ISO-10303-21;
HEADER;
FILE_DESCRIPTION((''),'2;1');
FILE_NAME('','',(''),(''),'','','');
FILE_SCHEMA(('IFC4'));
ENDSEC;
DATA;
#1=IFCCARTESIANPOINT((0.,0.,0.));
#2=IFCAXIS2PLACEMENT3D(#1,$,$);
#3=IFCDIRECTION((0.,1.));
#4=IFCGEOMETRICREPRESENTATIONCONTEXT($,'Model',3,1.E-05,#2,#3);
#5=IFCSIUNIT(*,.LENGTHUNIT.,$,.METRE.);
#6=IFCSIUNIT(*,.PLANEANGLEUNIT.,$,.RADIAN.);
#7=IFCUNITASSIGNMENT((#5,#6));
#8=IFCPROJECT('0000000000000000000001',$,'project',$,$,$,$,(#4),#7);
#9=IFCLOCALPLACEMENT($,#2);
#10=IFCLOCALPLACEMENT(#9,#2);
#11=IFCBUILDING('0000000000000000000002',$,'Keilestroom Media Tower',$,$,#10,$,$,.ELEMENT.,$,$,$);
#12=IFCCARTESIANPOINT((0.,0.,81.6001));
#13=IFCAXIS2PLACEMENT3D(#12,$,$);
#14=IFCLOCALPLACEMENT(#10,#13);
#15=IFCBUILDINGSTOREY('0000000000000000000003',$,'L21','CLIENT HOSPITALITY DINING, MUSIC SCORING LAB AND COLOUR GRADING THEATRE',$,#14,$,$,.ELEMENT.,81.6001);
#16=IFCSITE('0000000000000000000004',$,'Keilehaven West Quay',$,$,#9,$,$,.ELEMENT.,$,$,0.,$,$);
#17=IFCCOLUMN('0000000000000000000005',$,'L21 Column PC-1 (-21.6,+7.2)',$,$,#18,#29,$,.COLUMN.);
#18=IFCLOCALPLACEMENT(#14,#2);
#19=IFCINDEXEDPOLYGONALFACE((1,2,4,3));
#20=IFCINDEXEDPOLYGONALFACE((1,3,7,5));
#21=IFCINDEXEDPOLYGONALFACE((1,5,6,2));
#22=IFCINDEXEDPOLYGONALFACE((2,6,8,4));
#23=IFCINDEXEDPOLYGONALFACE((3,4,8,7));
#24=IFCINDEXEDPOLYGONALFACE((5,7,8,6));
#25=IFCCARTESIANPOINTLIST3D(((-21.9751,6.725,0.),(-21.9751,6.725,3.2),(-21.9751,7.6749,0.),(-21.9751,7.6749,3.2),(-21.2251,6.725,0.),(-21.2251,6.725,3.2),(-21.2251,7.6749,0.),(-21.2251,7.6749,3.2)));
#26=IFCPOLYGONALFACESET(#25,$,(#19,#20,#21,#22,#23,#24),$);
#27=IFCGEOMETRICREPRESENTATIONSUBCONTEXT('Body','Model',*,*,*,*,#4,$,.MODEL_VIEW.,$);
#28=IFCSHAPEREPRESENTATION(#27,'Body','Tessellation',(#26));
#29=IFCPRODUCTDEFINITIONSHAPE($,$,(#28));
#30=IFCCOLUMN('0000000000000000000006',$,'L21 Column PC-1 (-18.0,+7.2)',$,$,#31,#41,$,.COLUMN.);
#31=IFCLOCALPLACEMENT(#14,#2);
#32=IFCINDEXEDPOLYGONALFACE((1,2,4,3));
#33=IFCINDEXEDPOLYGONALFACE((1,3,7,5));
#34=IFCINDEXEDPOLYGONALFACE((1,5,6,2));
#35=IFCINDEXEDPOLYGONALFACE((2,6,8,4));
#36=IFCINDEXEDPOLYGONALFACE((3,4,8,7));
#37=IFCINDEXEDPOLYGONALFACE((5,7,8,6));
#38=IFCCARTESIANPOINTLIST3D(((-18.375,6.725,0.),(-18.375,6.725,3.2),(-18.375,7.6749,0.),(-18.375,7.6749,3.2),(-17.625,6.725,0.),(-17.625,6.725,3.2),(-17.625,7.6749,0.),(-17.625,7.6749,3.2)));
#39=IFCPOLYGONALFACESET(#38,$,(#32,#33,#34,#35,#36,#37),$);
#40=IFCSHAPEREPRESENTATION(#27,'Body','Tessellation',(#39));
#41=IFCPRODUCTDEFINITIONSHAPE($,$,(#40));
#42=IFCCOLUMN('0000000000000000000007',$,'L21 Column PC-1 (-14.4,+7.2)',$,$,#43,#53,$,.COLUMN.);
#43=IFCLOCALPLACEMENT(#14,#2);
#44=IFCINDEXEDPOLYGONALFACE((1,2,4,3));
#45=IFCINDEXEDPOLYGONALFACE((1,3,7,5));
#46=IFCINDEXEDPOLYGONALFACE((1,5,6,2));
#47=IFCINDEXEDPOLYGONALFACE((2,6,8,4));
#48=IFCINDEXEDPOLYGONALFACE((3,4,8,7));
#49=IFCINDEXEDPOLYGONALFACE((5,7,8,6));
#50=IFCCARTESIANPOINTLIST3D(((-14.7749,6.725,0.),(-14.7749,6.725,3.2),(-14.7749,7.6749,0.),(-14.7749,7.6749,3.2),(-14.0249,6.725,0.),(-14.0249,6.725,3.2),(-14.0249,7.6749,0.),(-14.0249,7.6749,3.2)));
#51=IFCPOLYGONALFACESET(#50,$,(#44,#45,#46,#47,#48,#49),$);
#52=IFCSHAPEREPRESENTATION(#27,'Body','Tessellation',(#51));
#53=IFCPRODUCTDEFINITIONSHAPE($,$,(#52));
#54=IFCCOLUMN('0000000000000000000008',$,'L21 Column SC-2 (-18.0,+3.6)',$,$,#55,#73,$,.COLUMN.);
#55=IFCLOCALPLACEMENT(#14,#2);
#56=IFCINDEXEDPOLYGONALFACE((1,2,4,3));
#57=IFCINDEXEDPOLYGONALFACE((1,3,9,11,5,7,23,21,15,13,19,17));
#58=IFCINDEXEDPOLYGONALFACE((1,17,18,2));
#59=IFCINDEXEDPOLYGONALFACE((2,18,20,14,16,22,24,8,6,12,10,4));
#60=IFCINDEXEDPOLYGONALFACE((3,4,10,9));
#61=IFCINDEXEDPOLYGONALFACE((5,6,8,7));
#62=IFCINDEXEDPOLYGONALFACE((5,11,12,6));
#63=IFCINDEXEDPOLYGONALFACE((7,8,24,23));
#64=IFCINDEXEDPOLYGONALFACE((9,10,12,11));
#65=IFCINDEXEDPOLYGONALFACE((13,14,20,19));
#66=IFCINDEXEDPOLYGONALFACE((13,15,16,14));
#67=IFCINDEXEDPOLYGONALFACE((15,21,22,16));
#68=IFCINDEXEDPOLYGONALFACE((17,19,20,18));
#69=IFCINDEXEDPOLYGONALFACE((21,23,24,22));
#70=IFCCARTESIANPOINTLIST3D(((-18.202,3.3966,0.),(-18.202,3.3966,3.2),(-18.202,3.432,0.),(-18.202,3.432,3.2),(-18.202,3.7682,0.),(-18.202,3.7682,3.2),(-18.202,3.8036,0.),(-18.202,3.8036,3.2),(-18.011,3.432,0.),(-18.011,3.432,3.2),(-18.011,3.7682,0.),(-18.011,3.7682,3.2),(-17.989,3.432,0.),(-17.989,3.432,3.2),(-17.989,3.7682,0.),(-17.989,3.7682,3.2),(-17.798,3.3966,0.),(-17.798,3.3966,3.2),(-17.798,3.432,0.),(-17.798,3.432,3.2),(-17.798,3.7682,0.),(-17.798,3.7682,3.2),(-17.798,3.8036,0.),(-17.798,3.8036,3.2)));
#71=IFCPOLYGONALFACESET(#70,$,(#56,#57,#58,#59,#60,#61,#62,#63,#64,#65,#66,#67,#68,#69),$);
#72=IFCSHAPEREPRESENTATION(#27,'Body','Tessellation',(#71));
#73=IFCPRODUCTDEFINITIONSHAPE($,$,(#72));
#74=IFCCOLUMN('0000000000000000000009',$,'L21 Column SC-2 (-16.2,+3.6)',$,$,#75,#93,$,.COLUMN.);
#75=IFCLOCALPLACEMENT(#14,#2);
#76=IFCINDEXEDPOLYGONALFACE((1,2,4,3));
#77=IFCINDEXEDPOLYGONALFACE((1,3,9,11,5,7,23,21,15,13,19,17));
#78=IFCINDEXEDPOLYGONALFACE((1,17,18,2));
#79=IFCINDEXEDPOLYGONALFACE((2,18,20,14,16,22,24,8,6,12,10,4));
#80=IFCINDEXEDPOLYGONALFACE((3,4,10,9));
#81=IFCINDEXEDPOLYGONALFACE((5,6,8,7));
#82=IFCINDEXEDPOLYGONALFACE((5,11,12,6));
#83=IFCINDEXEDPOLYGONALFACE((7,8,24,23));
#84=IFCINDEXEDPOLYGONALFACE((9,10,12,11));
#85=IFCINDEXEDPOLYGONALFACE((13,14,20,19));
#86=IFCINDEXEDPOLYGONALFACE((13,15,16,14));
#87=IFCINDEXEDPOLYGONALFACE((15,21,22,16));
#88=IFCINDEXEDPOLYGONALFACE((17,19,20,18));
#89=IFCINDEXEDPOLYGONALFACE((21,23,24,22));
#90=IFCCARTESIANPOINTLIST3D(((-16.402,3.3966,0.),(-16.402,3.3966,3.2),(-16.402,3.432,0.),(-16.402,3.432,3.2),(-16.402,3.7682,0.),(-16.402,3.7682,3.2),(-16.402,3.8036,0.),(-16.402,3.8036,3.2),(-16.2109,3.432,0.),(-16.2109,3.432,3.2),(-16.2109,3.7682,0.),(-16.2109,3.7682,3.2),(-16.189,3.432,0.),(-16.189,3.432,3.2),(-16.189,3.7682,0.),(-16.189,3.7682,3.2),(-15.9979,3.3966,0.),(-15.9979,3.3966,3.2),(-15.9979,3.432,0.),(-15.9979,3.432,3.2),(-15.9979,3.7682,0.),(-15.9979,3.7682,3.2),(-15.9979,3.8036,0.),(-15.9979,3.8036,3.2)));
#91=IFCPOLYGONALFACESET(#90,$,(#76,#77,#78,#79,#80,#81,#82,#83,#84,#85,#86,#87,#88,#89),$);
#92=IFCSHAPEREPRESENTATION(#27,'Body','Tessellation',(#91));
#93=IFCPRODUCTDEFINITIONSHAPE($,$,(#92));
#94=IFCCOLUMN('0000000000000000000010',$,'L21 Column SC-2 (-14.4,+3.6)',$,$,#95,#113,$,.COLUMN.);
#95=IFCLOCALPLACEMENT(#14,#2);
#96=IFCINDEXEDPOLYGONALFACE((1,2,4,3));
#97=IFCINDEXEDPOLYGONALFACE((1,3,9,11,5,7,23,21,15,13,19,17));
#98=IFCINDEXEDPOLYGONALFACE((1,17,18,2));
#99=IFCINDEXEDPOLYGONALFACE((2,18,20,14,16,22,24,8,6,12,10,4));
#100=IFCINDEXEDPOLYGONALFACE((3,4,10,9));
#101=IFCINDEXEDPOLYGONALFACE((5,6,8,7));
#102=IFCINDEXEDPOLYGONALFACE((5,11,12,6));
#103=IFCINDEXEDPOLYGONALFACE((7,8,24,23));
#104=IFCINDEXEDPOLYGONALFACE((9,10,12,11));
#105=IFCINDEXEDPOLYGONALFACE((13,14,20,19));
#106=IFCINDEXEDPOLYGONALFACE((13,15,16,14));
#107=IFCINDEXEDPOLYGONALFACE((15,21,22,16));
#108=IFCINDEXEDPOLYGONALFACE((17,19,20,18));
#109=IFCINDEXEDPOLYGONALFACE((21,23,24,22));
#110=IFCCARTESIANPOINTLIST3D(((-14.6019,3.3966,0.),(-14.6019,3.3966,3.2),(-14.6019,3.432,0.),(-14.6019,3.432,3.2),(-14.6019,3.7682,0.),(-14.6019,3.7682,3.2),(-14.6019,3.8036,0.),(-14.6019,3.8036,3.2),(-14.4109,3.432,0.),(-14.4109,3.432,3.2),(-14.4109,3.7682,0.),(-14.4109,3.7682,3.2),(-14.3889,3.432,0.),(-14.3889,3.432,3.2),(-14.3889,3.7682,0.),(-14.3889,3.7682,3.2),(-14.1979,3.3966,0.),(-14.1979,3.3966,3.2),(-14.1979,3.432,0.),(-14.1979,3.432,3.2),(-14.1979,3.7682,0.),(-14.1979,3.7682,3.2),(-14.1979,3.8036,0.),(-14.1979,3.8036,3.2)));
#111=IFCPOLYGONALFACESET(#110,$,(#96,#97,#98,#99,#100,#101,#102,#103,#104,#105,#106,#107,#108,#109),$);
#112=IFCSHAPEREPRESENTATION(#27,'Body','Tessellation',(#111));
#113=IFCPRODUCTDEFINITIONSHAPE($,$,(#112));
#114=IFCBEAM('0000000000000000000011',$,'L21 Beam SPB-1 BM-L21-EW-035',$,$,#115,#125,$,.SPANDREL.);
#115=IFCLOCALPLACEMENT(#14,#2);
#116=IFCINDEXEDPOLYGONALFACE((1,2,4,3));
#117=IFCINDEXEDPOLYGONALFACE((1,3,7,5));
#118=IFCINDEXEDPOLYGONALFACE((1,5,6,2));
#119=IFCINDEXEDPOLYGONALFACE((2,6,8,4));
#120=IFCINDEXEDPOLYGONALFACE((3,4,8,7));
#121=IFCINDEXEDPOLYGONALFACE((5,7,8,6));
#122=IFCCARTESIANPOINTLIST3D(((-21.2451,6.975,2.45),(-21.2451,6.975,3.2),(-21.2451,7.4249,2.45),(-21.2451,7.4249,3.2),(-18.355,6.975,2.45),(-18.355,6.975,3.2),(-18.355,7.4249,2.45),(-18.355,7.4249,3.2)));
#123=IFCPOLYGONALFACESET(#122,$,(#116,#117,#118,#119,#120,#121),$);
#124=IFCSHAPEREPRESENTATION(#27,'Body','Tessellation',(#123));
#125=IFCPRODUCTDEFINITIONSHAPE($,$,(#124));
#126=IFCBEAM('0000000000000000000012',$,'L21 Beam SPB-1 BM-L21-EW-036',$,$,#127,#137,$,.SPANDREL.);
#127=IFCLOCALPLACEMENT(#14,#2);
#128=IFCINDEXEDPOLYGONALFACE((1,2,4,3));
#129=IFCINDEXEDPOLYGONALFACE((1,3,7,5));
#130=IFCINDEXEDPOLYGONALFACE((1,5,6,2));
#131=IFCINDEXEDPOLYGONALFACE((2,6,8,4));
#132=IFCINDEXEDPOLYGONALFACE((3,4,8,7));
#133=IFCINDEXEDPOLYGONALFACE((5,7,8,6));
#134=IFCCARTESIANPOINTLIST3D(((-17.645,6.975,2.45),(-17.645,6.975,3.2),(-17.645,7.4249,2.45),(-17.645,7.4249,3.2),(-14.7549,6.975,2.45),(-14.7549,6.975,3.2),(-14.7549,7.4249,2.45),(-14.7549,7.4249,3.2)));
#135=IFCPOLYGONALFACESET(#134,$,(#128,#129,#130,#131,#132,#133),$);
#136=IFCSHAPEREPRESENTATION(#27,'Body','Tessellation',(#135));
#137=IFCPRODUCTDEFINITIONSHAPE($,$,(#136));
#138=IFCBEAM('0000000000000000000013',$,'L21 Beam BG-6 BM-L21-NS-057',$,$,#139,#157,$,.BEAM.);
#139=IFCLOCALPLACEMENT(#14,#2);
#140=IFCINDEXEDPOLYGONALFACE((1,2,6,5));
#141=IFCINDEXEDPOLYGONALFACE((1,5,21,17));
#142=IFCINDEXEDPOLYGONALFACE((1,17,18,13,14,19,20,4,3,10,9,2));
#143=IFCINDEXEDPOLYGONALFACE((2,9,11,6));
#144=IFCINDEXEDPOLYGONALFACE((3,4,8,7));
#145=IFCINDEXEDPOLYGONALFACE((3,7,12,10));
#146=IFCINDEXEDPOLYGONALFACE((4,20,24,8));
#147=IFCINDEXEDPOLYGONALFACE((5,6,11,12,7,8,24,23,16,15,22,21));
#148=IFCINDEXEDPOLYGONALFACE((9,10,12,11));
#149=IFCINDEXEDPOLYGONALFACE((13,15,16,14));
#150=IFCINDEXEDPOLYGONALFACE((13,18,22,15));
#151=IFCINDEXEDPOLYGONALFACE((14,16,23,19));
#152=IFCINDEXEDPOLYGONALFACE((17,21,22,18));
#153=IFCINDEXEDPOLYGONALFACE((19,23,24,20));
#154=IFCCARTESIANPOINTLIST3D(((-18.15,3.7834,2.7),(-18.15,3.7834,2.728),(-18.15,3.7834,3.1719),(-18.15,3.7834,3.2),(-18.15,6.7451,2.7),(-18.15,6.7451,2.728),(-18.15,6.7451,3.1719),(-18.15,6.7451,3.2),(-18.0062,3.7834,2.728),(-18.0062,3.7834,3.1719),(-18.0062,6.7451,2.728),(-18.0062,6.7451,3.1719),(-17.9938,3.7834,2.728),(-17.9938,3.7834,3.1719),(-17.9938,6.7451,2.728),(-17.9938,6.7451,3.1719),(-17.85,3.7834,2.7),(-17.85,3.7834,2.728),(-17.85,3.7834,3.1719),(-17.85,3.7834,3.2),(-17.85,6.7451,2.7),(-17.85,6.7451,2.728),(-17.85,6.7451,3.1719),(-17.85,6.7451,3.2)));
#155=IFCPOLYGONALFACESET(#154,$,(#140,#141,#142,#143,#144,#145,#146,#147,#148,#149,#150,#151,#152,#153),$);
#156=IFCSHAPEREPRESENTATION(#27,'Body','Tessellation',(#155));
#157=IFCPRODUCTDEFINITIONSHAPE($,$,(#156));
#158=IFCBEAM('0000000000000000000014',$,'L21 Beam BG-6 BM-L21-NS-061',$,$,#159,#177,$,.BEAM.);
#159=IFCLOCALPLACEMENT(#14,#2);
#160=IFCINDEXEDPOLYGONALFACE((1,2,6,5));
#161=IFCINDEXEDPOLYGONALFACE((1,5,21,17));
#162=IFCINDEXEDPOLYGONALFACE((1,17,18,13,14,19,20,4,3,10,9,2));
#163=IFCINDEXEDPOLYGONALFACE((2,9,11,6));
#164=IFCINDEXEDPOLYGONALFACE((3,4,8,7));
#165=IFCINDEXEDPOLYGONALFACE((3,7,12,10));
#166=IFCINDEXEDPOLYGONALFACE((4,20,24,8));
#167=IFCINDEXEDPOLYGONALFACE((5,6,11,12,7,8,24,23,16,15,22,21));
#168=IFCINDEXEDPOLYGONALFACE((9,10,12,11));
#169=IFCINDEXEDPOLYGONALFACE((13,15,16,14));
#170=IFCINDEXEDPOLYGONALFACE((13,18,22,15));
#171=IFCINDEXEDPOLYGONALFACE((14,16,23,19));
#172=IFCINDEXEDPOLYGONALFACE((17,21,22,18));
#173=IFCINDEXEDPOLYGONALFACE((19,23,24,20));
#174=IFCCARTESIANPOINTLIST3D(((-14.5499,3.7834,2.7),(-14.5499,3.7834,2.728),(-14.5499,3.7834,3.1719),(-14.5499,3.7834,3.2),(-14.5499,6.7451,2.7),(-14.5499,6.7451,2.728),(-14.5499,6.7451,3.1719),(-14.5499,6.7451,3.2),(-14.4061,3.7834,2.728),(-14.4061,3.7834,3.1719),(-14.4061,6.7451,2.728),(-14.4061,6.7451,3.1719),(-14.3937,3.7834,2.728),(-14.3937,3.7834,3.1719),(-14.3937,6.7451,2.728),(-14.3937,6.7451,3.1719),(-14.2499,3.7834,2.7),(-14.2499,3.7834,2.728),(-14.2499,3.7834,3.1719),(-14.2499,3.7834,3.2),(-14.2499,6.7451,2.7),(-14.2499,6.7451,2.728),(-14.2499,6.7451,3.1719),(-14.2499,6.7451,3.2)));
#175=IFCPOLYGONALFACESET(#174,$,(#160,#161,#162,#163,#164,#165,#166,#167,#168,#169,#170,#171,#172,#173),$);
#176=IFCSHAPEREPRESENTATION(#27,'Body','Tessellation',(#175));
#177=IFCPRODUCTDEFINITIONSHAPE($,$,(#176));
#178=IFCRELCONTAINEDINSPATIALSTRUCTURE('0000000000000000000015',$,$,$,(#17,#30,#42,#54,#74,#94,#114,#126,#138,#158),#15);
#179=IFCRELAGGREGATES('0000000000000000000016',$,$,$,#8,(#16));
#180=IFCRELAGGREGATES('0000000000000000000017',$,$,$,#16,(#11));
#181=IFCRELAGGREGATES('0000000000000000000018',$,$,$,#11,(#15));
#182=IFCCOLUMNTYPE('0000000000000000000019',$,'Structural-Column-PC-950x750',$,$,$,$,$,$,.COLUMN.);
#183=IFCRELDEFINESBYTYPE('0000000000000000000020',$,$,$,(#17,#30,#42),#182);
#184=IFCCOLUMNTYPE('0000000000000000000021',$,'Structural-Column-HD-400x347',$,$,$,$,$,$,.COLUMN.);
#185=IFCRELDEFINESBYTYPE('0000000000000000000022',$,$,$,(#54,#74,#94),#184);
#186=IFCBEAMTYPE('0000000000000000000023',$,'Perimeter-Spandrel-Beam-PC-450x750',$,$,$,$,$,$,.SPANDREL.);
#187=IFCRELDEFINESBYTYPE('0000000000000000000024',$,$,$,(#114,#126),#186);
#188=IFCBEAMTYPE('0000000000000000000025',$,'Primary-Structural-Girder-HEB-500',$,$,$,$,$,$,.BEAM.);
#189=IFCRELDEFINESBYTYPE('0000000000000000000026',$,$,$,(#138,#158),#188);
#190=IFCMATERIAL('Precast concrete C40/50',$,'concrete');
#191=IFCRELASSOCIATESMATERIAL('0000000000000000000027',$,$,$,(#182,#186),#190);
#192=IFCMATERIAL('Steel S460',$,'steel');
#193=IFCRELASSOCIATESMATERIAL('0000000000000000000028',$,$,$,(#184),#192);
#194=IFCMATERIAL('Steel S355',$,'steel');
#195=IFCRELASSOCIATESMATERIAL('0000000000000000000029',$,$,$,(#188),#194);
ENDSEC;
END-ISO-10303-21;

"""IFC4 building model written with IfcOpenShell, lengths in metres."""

from ifc_helpers import new_model, si_unit, direction, frame, origin, origin_2d, place, context, subcontext, project, spatial, rectangle, i_section, extrude, source, transform, mapped, material, material_profile, profile_set, type_object, element, save


model = new_model("IFC4")

# Units and contexts
model_context = context("Model", 3, precision=1e-05, world=origin(), true_north=direction((0.0, 1.0)))
body_context = subcontext(model_context, "Body", "Model", "MODEL_VIEW")
ifc_project = project(units=[si_unit("LENGTHUNIT", "METRE"), si_unit("PLANEANGLEUNIT", "RADIAN")], contexts=[model_context])

# Site, building, storey
site_placement = place(None, origin())
site = spatial("IfcSite", under=ifc_project, at=site_placement, Name="Keilehaven West Quay", CompositionType="ELEMENT", RefElevation=0.0)
building_placement = place(site_placement, origin())
building = spatial("IfcBuilding", under=site, at=building_placement, Name="Keilestroom Media Tower", CompositionType="ELEMENT")
storey_placement = place(building_placement, frame((0.0, 0.0, 81.6001)))
storey = spatial("IfcBuildingStorey", under=building, at=storey_placement, Name="L21", Description="CLIENT HOSPITALITY DINING, MUSIC SCORING LAB AND COLOUR GRADING THEATRE", CompositionType="ELEMENT", Elevation=81.6001)

# Columns
ifc_material_1 = material(Name="Precast concrete C40/50", Category="concrete")
ifc_material_profile_1 = material_profile(ifc_material_1, rectangle(XDim=0.75, YDim=0.95, at=origin_2d()), Name="PC 950x750")
ifc_profile_set_1 = profile_set([ifc_material_profile_1], Name="Precast concrete C40/50")
column_type_1 = type_object("IfcColumnType", Name="Structural-Column-PC-950x750", PredefinedType="COLUMN", material=ifc_profile_set_1)
shared_shape_1 = source(origin(), body_context, "Body", "SweptSolid", [
    extrude(rectangle(XDim=0.75, YDim=0.95, at=origin_2d()), origin(), (0.0, 0.0, 1.0), 3.2),
])
for number, where, z_axis, x_axis, name in (
    (1, (-21.6001, 7.2, 0.0), (0.0, 0.0, 1.0), (1.0, 0.0, 0.0), "L21 Column PC-1 (-21.6,+7.2)"),
    (2, (-18.0, 7.2, 0.0), (0.0, 0.0, 1.0), (1.0, 0.0, 0.0), "L21 Column PC-1 (-18.0,+7.2)"),
    (3, (-14.3999, 7.2, 0.0), (0.0, 0.0, 1.0), (1.0, 0.0, 0.0), "L21 Column PC-1 (-14.4,+7.2)"),
):
    element("IfcColumn", number, at=place(storey_placement, frame(where, z_axis=z_axis, x_axis=x_axis)), inside=storey, type_object=column_type_1, Name=name, PredefinedType="COLUMN", context=body_context, shape_type="MappedRepresentation", body=[
        mapped(shared_shape_1, transform((0.0, 0.0, 0.0), x_axis=(1.0, 0.0, 0.0), y_axis=(0.0, 1.0, 0.0), z_axis=(0.0, 0.0, 1.0), scale=1.0)),
    ])
ifc_material_2 = material(Name="Steel S460", Category="steel")
ifc_material_profile_2 = material_profile(ifc_material_2, i_section(OverallWidth=0.4041, OverallDepth=0.407, WebThickness=0.022, FlangeThickness=0.0354, at=origin_2d()), Name="HD 400x347")
ifc_profile_set_2 = profile_set([ifc_material_profile_2], Name="Steel S460")
column_type_2 = type_object("IfcColumnType", Name="Structural-Column-HD-400x347", PredefinedType="COLUMN", material=ifc_profile_set_2)
shared_shape_2 = source(origin(), body_context, "Body", "SweptSolid", [
    extrude(i_section(OverallWidth=0.4041, OverallDepth=0.407, WebThickness=0.022, FlangeThickness=0.0354, at=origin_2d()), origin(), (0.0, 0.0, 1.0), 3.2),
])
for number, where, z_axis, x_axis, name in (
    (4, (-18.0, 3.6001, 0.0), (0.0, 0.0, 1.0), (1.0, 0.0, 0.0), "L21 Column SC-2 (-18.0,+3.6)"),
    (5, (-16.2, 3.6001, 0.0), (0.0, 0.0, 1.0), (1.0, 0.0, 0.0), "L21 Column SC-2 (-16.2,+3.6)"),
    (6, (-14.3999, 3.6001, 0.0), (0.0, 0.0, 1.0), (1.0, 0.0, 0.0), "L21 Column SC-2 (-14.4,+3.6)"),
):
    element("IfcColumn", number, at=place(storey_placement, frame(where, z_axis=z_axis, x_axis=x_axis)), inside=storey, type_object=column_type_2, Name=name, PredefinedType="COLUMN", context=body_context, shape_type="MappedRepresentation", body=[
        mapped(shared_shape_2, transform((0.0, 0.0, 0.0), x_axis=(1.0, 0.0, 0.0), y_axis=(0.0, 1.0, 0.0), z_axis=(0.0, 0.0, 1.0), scale=1.0)),
    ])

# Beams
ifc_material_profile_3 = material_profile(ifc_material_1, rectangle(XDim=0.45, YDim=0.75, at=origin_2d()), Name="PC 450x750")
ifc_profile_set_3 = profile_set([ifc_material_profile_3], Name="Precast concrete C40/50")
beam_type_1 = type_object("IfcBeamType", Name="Perimeter-Spandrel-Beam-PC-450x750", PredefinedType="SPANDREL", material=ifc_profile_set_3)
shared_shape_3 = source(origin(), body_context, "Body", "SweptSolid", [
    extrude(rectangle(XDim=0.45, YDim=0.75, at=origin_2d()), origin(), (0.0, 0.0, 1.0), 2.8901),
])
for number, where, z_axis, x_axis, name in (
    (7, (-21.2451, 7.2, 2.825), (1.0, 0.0, 0.0), (0.0, 1.0, 0.0), "L21 Beam SPB-1 BM-L21-EW-035"),
    (8, (-17.645, 7.2, 2.825), (1.0, 0.0, 0.0), (0.0, 1.0, 0.0), "L21 Beam SPB-1 BM-L21-EW-036"),
):
    element("IfcBeam", number, at=place(storey_placement, frame(where, z_axis=z_axis, x_axis=x_axis)), inside=storey, type_object=beam_type_1, Name=name, PredefinedType="SPANDREL", context=body_context, shape_type="MappedRepresentation", body=[
        mapped(shared_shape_3, transform((0.0, 0.0, 0.0), x_axis=(1.0, 0.0, 0.0), y_axis=(0.0, 1.0, 0.0), z_axis=(0.0, 0.0, 1.0), scale=1.0)),
    ])
ifc_material_3 = material(Name="Steel S355", Category="steel")
ifc_material_profile_4 = material_profile(ifc_material_3, i_section(OverallWidth=0.3, OverallDepth=0.5, WebThickness=0.0125, FlangeThickness=0.0281, at=origin_2d()), Name="HEB 500")
ifc_profile_set_4 = profile_set([ifc_material_profile_4], Name="Steel S355")
beam_type_2 = type_object("IfcBeamType", Name="Primary-Structural-Girder-HEB-500", PredefinedType="BEAM", material=ifc_profile_set_4)
shared_shape_4 = source(origin(), body_context, "Body", "SweptSolid", [
    extrude(i_section(OverallWidth=0.3, OverallDepth=0.5, WebThickness=0.0125, FlangeThickness=0.0281, at=origin_2d()), origin(), (0.0, 0.0, 1.0), 2.9617),
])
for number, where, z_axis, x_axis, name in (
    (9, (-18.0, 3.7834, 2.95), (0.0, 1.0, 0.0), (-1.0, 0.0, 0.0), "L21 Beam BG-6 BM-L21-NS-057"),
    (10, (-14.3999, 3.7834, 2.95), (0.0, 1.0, 0.0), (-1.0, 0.0, 0.0), "L21 Beam BG-6 BM-L21-NS-061"),
):
    element("IfcBeam", number, at=place(storey_placement, frame(where, z_axis=z_axis, x_axis=x_axis)), inside=storey, type_object=beam_type_2, Name=name, PredefinedType="BEAM", context=body_context, shape_type="MappedRepresentation", body=[
        mapped(shared_shape_4, transform((0.0, 0.0, 0.0), x_axis=(1.0, 0.0, 0.0), y_axis=(0.0, 1.0, 0.0), z_axis=(0.0, 0.0, 1.0), scale=1.0)),
    ])

save(model, "model.ifc")
